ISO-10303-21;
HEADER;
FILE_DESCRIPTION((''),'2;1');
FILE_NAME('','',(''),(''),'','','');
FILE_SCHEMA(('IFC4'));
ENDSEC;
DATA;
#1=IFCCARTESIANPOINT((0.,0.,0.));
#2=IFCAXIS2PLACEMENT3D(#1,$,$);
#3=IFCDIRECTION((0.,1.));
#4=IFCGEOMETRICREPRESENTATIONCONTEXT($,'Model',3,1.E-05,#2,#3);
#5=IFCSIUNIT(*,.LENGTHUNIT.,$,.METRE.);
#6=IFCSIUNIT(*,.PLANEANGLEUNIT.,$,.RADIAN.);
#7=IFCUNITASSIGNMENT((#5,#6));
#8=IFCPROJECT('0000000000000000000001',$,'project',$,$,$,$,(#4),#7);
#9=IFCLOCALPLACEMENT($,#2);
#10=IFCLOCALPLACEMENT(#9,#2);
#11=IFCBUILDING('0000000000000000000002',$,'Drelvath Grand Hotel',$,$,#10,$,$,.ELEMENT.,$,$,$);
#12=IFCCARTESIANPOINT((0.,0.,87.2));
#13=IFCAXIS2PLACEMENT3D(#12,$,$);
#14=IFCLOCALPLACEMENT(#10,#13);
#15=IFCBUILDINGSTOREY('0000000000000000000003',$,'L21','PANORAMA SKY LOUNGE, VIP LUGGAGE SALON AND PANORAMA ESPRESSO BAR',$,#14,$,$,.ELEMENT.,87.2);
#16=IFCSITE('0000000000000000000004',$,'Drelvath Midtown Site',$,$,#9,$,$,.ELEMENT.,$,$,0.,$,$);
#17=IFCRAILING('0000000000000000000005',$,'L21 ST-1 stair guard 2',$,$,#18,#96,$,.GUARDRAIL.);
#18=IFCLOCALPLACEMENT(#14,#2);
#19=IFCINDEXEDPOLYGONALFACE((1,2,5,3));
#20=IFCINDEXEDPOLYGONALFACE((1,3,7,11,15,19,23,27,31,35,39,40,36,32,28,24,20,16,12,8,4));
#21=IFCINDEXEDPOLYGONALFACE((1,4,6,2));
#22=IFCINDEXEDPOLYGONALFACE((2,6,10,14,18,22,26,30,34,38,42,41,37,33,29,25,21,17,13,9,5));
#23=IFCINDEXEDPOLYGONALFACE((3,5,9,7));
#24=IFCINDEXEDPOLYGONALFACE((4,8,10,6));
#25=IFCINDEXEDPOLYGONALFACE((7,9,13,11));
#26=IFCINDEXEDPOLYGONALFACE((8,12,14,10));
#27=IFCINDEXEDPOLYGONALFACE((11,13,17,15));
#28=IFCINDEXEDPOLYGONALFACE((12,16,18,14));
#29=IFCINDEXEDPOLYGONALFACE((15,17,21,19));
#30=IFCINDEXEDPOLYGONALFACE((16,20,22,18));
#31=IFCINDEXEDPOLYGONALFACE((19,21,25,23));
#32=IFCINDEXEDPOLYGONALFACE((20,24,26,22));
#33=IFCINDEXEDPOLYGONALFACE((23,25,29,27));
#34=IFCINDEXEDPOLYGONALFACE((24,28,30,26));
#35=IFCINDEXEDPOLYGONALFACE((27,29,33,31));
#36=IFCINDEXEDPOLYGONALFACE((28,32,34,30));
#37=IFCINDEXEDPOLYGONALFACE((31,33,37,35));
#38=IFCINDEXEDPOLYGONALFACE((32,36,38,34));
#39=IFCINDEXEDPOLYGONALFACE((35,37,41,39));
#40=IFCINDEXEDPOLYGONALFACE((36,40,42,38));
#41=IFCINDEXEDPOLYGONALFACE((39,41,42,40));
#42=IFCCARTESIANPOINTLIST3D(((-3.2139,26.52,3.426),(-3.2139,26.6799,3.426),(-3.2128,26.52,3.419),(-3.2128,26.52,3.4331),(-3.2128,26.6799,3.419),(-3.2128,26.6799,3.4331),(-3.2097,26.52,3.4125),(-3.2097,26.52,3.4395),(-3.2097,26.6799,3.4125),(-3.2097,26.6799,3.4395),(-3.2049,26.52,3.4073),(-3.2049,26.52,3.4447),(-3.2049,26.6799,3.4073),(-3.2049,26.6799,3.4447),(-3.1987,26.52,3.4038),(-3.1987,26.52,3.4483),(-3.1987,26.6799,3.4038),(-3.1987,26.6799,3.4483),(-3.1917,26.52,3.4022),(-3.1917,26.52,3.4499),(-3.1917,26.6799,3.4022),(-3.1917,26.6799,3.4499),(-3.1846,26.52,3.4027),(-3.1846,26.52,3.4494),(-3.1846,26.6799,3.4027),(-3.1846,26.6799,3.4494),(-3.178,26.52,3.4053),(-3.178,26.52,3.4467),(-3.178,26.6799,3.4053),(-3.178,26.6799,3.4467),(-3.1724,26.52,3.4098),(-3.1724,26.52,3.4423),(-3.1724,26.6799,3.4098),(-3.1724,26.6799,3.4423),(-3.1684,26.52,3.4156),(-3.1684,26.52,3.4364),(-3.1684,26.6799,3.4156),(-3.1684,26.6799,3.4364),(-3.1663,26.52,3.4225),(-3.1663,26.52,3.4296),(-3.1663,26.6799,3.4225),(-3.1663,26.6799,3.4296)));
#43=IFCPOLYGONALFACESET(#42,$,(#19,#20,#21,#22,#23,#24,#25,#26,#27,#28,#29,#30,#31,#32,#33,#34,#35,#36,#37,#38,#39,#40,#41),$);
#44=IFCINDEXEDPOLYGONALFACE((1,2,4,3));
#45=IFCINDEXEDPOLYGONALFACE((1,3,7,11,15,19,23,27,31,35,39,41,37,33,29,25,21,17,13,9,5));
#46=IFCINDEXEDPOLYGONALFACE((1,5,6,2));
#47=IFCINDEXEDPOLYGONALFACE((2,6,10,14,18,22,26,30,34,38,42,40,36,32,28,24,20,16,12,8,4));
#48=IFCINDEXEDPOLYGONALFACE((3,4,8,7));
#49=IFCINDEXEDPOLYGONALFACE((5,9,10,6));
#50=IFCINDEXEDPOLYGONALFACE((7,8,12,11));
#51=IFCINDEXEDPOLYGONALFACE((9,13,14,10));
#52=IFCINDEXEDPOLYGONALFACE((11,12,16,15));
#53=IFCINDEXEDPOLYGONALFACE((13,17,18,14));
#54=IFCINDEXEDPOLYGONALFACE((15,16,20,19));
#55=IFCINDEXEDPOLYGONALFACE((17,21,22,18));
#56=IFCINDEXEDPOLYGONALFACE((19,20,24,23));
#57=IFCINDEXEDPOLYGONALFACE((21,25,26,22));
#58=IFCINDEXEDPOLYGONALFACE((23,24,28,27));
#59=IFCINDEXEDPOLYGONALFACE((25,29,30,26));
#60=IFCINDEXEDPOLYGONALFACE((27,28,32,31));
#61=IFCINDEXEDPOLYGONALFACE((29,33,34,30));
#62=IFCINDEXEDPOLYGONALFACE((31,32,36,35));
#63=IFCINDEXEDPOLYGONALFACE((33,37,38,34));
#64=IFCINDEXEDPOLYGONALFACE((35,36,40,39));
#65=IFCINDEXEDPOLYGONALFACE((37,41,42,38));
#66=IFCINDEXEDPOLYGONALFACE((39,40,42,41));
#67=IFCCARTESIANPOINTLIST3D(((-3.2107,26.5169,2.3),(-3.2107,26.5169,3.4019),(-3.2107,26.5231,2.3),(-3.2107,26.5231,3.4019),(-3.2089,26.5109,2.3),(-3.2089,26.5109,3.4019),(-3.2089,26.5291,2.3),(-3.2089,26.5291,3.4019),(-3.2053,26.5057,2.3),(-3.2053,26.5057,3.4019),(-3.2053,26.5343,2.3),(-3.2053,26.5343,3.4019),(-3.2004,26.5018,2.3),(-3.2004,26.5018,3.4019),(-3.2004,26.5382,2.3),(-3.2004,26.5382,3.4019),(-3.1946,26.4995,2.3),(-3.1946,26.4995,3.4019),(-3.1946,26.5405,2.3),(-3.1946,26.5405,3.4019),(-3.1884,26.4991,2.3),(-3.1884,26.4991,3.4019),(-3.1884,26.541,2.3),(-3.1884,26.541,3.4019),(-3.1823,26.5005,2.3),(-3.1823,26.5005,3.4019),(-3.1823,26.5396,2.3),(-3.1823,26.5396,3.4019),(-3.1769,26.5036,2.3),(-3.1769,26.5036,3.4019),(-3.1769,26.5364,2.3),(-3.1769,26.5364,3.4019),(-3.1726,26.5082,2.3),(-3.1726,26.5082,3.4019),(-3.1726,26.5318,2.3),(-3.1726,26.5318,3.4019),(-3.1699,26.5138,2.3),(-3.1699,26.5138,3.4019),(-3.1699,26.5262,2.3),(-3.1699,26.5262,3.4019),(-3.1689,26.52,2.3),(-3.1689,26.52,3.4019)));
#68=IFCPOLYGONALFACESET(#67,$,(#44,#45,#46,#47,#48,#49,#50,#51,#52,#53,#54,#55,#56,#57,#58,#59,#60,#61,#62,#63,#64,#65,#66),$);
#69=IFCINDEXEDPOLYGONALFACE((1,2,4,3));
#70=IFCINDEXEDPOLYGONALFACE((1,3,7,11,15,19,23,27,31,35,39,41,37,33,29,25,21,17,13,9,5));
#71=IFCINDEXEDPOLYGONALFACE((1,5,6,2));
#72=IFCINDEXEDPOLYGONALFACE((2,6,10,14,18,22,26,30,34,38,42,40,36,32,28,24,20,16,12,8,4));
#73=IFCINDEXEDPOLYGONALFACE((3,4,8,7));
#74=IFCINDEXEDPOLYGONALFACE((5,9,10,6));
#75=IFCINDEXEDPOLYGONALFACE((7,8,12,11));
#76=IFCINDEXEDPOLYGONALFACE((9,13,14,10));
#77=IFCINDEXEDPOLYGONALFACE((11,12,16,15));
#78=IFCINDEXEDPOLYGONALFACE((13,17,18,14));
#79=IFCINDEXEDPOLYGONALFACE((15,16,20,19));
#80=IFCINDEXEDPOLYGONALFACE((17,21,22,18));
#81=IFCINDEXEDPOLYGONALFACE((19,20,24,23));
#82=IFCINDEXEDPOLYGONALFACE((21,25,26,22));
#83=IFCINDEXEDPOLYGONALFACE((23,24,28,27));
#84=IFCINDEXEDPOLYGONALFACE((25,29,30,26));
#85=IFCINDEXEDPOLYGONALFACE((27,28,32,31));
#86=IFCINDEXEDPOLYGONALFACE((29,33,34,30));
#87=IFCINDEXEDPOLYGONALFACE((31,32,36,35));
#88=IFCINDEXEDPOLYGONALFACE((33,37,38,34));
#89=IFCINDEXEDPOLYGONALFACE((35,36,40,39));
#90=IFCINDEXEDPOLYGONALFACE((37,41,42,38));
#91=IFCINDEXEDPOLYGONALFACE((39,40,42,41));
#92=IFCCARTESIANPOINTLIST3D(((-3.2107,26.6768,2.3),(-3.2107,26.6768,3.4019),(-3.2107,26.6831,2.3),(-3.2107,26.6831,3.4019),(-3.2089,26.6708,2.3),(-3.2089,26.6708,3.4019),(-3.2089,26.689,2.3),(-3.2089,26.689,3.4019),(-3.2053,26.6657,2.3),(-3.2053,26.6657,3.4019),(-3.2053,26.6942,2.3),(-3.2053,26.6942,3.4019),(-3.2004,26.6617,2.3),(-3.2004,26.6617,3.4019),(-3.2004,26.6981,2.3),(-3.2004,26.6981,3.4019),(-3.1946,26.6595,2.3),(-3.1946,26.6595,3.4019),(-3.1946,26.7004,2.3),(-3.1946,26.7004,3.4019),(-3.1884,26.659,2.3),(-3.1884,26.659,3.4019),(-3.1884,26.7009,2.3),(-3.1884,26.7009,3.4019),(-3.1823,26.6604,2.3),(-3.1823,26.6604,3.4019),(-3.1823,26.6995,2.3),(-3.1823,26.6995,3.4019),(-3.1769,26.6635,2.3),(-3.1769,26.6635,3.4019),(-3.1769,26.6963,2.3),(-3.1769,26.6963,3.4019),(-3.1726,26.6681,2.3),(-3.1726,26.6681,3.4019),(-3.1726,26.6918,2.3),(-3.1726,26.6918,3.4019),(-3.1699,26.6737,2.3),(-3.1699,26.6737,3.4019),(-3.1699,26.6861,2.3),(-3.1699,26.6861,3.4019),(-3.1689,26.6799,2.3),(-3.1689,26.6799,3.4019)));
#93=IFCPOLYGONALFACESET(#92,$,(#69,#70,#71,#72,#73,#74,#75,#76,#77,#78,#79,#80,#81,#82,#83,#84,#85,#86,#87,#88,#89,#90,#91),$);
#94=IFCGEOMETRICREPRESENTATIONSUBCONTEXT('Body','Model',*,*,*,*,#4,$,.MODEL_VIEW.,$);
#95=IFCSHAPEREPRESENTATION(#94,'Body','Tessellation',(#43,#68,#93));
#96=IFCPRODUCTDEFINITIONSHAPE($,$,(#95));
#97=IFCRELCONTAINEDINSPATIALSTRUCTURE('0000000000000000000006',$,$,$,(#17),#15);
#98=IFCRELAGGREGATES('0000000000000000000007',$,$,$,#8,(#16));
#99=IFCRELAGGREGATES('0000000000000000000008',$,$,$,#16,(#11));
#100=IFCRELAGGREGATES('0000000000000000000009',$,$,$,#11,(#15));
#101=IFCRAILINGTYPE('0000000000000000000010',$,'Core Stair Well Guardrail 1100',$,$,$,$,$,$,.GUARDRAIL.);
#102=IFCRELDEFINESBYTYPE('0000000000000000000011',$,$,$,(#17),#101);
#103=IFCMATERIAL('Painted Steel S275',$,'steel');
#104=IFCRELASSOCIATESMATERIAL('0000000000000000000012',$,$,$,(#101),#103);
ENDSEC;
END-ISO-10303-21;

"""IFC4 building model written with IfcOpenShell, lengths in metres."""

from ifc_helpers import new_model, si_unit, direction, frame, origin, origin_2d, place, context, subcontext, project, spatial, circle, extrude, material, type_object, element, save


model = new_model("IFC4")

# Units and contexts
model_context = context("Model", 3, precision=1e-05, world=origin(), true_north=direction((0.0, 1.0)))
body_context = subcontext(model_context, "Body", "Model", "MODEL_VIEW")
ifc_project = project(units=[si_unit("LENGTHUNIT", "METRE"), si_unit("PLANEANGLEUNIT", "RADIAN")], contexts=[model_context])

# Site, building, storey
site_placement = place(None, origin())
site = spatial("IfcSite", under=ifc_project, at=site_placement, Name="Drelvath Midtown Site", CompositionType="ELEMENT", RefElevation=0.0)
building_placement = place(site_placement, origin())
building = spatial("IfcBuilding", under=site, at=building_placement, Name="Drelvath Grand Hotel", CompositionType="ELEMENT")
storey_placement = place(building_placement, frame((0.0, 0.0, 87.2)))
storey = spatial("IfcBuildingStorey", under=building, at=storey_placement, Name="L21", Description="PANORAMA SKY LOUNGE, VIP LUGGAGE SALON AND PANORAMA ESPRESSO BAR", CompositionType="ELEMENT", Elevation=87.2)

# Shared definitions
ifc_material_1 = material(Name="Painted Steel S275", Category="steel")

# Railing
railing_type_1 = type_object("IfcRailingType", Name="Core Stair Well Guardrail 1100", PredefinedType="GUARDRAIL", material=ifc_material_1)
railing_1_placement = place(storey_placement, frame((-3.1899, 26.52, 2.3)))
element("IfcRailing", 1, at=railing_1_placement, inside=storey, type_object=railing_type_1, Name="L21 ST-1 stair guard 2", PredefinedType="GUARDRAIL", context=body_context, shape_type="SweptSolid", body=[
    extrude(circle(Radius=0.0239, at=origin_2d()), frame((0.0, 0.0, 1.126), z_axis=(0.0, 1.0, 0.0), x_axis=(-1.0, 0.0, 0.0)), (0.0, 0.0, 1.0), 0.1599),
    extrude(circle(Radius=0.021, at=origin_2d()), origin(), (0.0, 0.0, 1.0), 1.1018),
    extrude(circle(Radius=0.021, at=origin_2d()), frame((0.0, 0.1599, 0.0)), (0.0, 0.0, 1.0), 1.1018),
])

save(model, "model.ifc")
